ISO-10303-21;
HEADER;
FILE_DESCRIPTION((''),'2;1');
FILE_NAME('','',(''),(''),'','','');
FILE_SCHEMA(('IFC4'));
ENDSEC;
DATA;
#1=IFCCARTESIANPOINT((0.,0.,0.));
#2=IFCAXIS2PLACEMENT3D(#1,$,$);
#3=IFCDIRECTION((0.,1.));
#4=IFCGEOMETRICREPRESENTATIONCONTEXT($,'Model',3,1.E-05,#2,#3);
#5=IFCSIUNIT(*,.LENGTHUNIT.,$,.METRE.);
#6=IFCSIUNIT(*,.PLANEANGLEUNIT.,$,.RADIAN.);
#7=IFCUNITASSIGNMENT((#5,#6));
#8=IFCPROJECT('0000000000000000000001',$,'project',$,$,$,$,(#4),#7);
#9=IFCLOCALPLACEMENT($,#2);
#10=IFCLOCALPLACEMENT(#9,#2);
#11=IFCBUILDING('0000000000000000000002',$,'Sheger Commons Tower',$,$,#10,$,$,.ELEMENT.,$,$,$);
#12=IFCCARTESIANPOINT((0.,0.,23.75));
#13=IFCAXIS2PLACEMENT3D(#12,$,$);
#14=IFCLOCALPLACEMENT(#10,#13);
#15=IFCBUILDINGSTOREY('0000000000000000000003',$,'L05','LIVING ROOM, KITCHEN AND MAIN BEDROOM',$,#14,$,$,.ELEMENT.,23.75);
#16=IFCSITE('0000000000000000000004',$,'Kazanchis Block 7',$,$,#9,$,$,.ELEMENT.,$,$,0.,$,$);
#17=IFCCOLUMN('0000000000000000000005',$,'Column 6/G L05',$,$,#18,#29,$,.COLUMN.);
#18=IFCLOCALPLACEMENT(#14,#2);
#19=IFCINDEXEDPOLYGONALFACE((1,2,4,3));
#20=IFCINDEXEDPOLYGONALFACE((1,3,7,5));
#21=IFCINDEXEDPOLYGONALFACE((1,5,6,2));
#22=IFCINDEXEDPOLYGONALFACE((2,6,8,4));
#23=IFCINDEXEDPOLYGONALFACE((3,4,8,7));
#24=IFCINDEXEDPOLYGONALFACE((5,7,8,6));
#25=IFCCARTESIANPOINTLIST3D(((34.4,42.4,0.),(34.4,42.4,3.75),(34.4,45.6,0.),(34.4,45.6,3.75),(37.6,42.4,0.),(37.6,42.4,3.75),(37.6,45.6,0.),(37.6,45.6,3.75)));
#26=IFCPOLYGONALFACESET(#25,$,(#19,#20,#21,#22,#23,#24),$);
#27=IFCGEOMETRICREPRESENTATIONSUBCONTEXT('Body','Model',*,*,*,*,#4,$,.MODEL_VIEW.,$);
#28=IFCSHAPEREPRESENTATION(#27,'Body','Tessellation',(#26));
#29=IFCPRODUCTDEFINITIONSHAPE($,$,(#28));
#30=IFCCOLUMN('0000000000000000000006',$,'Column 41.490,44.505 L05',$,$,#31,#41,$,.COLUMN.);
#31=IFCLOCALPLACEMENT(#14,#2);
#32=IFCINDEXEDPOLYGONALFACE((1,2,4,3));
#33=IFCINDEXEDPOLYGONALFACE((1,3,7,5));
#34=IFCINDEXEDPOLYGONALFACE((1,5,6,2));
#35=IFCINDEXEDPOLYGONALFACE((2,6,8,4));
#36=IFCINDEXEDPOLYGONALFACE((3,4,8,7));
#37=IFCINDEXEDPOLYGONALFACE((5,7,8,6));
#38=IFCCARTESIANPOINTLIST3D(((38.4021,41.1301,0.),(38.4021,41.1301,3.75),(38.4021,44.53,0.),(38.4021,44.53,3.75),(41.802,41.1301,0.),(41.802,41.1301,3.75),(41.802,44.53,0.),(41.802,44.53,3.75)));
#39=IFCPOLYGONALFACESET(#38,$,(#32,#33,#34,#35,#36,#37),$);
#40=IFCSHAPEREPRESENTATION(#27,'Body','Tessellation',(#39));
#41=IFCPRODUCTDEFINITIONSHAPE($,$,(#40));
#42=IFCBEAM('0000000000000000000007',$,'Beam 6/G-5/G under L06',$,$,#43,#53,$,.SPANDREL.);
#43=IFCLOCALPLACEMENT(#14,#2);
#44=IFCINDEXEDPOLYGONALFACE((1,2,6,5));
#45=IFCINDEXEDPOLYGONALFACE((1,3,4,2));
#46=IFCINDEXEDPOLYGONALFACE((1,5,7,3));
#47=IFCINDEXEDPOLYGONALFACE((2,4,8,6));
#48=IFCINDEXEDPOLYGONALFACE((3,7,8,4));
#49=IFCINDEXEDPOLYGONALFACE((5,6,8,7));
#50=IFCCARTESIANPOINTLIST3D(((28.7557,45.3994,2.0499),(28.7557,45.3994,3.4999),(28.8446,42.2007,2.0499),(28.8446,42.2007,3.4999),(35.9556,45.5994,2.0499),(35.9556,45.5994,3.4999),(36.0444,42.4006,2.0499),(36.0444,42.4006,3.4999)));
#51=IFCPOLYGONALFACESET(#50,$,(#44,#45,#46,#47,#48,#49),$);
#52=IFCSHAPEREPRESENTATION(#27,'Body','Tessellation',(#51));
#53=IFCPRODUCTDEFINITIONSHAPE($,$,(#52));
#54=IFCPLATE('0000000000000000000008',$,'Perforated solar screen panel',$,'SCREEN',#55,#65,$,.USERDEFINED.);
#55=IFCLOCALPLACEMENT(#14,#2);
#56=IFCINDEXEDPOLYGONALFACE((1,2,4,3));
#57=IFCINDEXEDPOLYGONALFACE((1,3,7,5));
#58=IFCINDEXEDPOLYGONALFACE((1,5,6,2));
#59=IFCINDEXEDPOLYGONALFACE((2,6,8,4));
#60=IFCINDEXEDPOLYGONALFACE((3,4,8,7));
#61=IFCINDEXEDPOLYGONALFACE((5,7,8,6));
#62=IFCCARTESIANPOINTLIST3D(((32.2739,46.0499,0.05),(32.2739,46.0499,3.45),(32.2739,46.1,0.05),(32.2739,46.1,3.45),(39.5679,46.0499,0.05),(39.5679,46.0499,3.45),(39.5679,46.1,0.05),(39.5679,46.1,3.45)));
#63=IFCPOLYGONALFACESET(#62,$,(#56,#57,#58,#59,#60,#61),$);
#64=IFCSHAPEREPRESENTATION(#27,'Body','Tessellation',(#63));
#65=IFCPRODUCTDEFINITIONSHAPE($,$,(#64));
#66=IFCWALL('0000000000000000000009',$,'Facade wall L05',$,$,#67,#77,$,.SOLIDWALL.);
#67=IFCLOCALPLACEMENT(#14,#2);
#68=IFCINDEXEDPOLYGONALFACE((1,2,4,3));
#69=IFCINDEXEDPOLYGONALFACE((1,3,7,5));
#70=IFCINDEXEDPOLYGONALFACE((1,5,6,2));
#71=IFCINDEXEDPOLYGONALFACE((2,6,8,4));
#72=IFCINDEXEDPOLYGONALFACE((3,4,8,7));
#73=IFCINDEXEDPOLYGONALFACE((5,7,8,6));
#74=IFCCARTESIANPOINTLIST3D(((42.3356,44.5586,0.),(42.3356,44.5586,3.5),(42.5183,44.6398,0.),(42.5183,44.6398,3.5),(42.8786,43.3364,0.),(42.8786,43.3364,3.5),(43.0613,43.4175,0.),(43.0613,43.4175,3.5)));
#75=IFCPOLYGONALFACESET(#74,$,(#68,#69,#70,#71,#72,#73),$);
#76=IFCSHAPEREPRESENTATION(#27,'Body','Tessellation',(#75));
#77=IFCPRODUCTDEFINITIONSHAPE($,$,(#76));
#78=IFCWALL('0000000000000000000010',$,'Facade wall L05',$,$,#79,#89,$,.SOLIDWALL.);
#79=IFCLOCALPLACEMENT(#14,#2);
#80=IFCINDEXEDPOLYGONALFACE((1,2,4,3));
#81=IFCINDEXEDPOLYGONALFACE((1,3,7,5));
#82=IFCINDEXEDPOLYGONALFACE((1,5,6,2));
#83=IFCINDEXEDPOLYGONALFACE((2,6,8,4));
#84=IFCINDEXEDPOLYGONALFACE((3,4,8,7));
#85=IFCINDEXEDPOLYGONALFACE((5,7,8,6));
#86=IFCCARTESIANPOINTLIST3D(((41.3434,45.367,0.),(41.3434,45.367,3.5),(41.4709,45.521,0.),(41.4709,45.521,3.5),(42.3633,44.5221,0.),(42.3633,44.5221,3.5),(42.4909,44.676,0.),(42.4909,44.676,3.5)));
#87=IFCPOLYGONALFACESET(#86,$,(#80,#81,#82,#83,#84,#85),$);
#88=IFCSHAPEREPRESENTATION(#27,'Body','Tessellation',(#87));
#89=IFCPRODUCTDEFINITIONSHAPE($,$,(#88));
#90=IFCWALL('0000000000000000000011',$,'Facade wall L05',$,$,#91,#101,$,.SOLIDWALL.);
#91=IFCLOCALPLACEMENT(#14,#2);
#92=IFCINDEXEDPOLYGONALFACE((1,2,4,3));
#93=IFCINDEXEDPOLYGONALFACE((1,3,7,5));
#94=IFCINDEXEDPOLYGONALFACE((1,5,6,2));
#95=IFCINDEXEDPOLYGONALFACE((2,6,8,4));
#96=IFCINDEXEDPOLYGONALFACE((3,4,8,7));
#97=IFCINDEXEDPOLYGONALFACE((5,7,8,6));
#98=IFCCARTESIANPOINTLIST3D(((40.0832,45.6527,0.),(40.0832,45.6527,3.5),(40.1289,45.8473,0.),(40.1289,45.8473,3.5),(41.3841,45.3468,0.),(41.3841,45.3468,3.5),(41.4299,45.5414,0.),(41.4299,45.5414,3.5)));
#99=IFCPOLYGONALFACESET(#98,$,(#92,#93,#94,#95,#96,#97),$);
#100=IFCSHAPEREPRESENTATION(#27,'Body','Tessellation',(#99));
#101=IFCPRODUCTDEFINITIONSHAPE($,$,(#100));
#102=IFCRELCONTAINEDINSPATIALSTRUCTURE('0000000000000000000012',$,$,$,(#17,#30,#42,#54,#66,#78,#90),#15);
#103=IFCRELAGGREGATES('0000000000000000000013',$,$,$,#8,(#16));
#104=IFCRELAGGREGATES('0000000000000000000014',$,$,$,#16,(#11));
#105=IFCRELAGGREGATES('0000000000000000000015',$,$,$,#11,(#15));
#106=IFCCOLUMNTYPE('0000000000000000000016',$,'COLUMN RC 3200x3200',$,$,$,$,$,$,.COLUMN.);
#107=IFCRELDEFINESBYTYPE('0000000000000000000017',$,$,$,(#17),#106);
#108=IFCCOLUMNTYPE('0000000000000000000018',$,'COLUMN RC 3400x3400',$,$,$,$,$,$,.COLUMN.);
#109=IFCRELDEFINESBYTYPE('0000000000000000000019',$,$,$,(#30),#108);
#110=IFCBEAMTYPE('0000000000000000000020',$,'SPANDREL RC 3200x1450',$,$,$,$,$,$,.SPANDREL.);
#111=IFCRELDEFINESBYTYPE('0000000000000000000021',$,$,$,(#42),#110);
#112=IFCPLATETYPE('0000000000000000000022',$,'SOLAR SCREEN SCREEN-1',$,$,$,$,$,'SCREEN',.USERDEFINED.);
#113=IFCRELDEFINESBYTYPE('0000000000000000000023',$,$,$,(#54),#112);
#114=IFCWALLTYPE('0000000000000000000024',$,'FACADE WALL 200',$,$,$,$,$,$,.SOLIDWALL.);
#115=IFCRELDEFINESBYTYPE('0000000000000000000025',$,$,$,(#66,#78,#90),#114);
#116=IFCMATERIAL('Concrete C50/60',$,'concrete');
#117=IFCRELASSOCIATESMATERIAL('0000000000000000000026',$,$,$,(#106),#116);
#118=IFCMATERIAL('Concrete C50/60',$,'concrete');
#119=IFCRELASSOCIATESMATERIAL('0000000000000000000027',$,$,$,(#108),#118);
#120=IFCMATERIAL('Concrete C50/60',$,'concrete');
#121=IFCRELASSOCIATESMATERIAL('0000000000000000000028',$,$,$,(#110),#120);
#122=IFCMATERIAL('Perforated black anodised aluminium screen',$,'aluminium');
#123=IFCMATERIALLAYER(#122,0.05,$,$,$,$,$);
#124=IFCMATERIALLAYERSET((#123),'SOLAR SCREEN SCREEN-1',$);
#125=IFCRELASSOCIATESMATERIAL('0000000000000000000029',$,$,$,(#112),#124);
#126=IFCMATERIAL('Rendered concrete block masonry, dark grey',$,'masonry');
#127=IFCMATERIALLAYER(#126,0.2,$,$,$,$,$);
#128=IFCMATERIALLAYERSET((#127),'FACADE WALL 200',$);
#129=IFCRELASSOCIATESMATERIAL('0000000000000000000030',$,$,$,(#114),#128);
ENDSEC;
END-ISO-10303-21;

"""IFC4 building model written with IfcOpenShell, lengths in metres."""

from ifc_helpers import new_model, si_unit, direction, frame, frame_2d, origin, origin_2d, place, context, subcontext, project, spatial, rectangle, extrude, material, layer, layer_set, material_profile, profile_set, type_object, element, save


model = new_model("IFC4")

# Units and contexts
model_context = context("Model", 3, precision=1e-05, world=origin(), true_north=direction((0.0, 1.0)))
body_context = subcontext(model_context, "Body", "Model", "MODEL_VIEW")
ifc_project = project(units=[si_unit("LENGTHUNIT", "METRE"), si_unit("PLANEANGLEUNIT", "RADIAN")], contexts=[model_context])

# Site, building, storey
site_placement = place(None, origin())
site = spatial("IfcSite", under=ifc_project, at=site_placement, Name="Kazanchis Block 7", CompositionType="ELEMENT", RefElevation=0.0)
building_placement = place(site_placement, origin())
building = spatial("IfcBuilding", under=site, at=building_placement, Name="Sheger Commons Tower", CompositionType="ELEMENT")
storey_placement = place(building_placement, frame((0.0, 0.0, 23.75)))
storey = spatial("IfcBuildingStorey", under=building, at=storey_placement, Name="L05", Description="LIVING ROOM, KITCHEN AND MAIN BEDROOM", CompositionType="ELEMENT", Elevation=23.75)

# Columns
ifc_material_1 = material(Name="Concrete C50/60", Category="concrete")
ifc_material_profile_1 = material_profile(ifc_material_1, rectangle(XDim=3.2, YDim=3.2, at=origin_2d()), Name="RC 3200x3200")
ifc_profile_set_1 = profile_set([ifc_material_profile_1], Name="Concrete C50/60")
column_type_1 = type_object("IfcColumnType", Name="COLUMN RC 3200x3200", PredefinedType="COLUMN", material=ifc_profile_set_1)
column_1_placement = place(storey_placement, frame((36.0, 44.0, 0.0), z_axis=(0.0, 0.0, 1.0), x_axis=(1.0, 0.0, 0.0)))
element("IfcColumn", 1, at=column_1_placement, inside=storey, type_object=column_type_1, Name="Column 6/G L05", PredefinedType="COLUMN", context=body_context, shape_type="SweptSolid", body=[
    extrude(rectangle(XDim=3.2, YDim=3.2, at=origin_2d()), origin(), (0.0, 0.0, 1.0), 3.75),
])
ifc_material_2 = material(Name="Concrete C50/60", Category="concrete")
ifc_material_profile_2 = material_profile(ifc_material_2, rectangle(XDim=3.3999, YDim=3.3999, at=origin_2d()), Name="RC 3400x3400")
ifc_profile_set_2 = profile_set([ifc_material_profile_2], Name="Concrete C50/60")
column_type_2 = type_object("IfcColumnType", Name="COLUMN RC 3400x3400", PredefinedType="COLUMN", material=ifc_profile_set_2)
column_2_placement = place(storey_placement, frame((40.1021, 42.8301, 0.0), z_axis=(0.0, 0.0, 1.0), x_axis=(1.0, 0.0, 0.0)))
element("IfcColumn", 2, at=column_2_placement, inside=storey, type_object=column_type_2, Name="Column 41.490,44.505 L05", PredefinedType="COLUMN", context=body_context, shape_type="SweptSolid", body=[
    extrude(rectangle(XDim=3.3999, YDim=3.3999, at=origin_2d()), origin(), (0.0, 0.0, 1.0), 3.75),
])

# Beam
ifc_material_3 = material(Name="Concrete C50/60", Category="concrete")
ifc_material_profile_3 = material_profile(ifc_material_3, rectangle(XDim=3.2, YDim=1.45, at=origin_2d()), Name="RC 3200x1450")
ifc_profile_set_3 = profile_set([ifc_material_profile_3], Name="Concrete C50/60")
beam_type = type_object("IfcBeamType", Name="SPANDREL RC 3200x1450", PredefinedType="SPANDREL", material=ifc_profile_set_3)
beam_placement = place(storey_placement, frame((36.0, 44.0, 2.7749), z_axis=(-0.999615, -0.02776, 0.0), x_axis=(0.02776, -0.999615, 0.0)))
element("IfcBeam", 3, at=beam_placement, inside=storey, type_object=beam_type, Name="Beam 6/G-5/G under L06", PredefinedType="SPANDREL", context=body_context, shape_type="SweptSolid", body=[
    extrude(rectangle(XDim=3.2, YDim=1.45, at=origin_2d()), origin(), (0.0, 0.0, 1.0), 7.2026),
])

# Plate
ifc_material_4 = material(Name="Perforated black anodised aluminium screen", Category="aluminium")
ifc_layer_1 = layer(ifc_material_4, 0.05)
ifc_layer_set_1 = layer_set([ifc_layer_1], Name="SOLAR SCREEN SCREEN-1")
plate_type = type_object("IfcPlateType", Name="SOLAR SCREEN SCREEN-1", ElementType="SCREEN", PredefinedType="USERDEFINED", material=ifc_layer_set_1)
plate_placement = place(storey_placement, frame((35.9209, 46.075, 0.05), z_axis=(0.0, 0.0, 1.0), x_axis=(-1.0, 0.0, 0.0)))
element("IfcPlate", 4, at=plate_placement, inside=storey, type_object=plate_type, Name="Perforated solar screen panel", ObjectType="SCREEN", PredefinedType="USERDEFINED", context=body_context, shape_type="SweptSolid", body=[
    extrude(rectangle(XDim=7.2939, YDim=0.05, at=origin_2d()), origin(), (0.0, 0.0, 1.0), 3.3999),
])

# Walls
ifc_material_5 = material(Name="Rendered concrete block masonry, dark grey", Category="masonry")
ifc_layer_2 = layer(ifc_material_5, 0.2)
ifc_layer_set_2 = layer_set([ifc_layer_2], Name="FACADE WALL 200")
wall_type_1 = type_object("IfcWallType", Name="FACADE WALL 200", PredefinedType="SOLIDWALL", material=ifc_layer_set_2)
wall_1_placement = place(storey_placement, frame((42.97, 43.377, 0.0), z_axis=(0.0, 0.0, 1.0), x_axis=(-0.406003, 0.913872, 0.0)))
element("IfcWall", 5, at=wall_1_placement, inside=storey, type_object=wall_type_1, Name="Facade wall L05", PredefinedType="SOLIDWALL", context=body_context, shape_type="SweptSolid", body=[
    extrude(rectangle(XDim=1.3374, YDim=0.2, at=frame_2d((0.6687, 0.0))), origin(), (0.0, 0.0, 1.0), 3.5),
])
wall_2_placement = place(storey_placement, frame((42.427, 44.5991, 0.0), z_axis=(0.0, 0.0, 1.0), x_axis=(-0.770091, 0.637934, 0.0)))
element("IfcWall", 6, at=wall_2_placement, inside=storey, type_object=wall_type_1, Name="Facade wall L05", PredefinedType="SOLIDWALL", context=body_context, shape_type="SweptSolid", body=[
    extrude(rectangle(XDim=1.3245, YDim=0.2, at=frame_2d((0.6621, 0.0))), origin(), (0.0, 0.0, 1.0), 3.5),
])
wall_3_placement = place(storey_placement, frame((41.407, 45.4441, 0.0), z_axis=(0.0, 0.0, 1.0), x_axis=(-0.973453, 0.228887, 0.0)))
element("IfcWall", 7, at=wall_3_placement, inside=storey, type_object=wall_type_1, Name="Facade wall L05", PredefinedType="SOLIDWALL", context=body_context, shape_type="SweptSolid", body=[
    extrude(rectangle(XDim=1.3364, YDim=0.2, at=frame_2d((0.6682, 0.0))), origin(), (0.0, 0.0, 1.0), 3.5),
])

save(model, "model.ifc")
